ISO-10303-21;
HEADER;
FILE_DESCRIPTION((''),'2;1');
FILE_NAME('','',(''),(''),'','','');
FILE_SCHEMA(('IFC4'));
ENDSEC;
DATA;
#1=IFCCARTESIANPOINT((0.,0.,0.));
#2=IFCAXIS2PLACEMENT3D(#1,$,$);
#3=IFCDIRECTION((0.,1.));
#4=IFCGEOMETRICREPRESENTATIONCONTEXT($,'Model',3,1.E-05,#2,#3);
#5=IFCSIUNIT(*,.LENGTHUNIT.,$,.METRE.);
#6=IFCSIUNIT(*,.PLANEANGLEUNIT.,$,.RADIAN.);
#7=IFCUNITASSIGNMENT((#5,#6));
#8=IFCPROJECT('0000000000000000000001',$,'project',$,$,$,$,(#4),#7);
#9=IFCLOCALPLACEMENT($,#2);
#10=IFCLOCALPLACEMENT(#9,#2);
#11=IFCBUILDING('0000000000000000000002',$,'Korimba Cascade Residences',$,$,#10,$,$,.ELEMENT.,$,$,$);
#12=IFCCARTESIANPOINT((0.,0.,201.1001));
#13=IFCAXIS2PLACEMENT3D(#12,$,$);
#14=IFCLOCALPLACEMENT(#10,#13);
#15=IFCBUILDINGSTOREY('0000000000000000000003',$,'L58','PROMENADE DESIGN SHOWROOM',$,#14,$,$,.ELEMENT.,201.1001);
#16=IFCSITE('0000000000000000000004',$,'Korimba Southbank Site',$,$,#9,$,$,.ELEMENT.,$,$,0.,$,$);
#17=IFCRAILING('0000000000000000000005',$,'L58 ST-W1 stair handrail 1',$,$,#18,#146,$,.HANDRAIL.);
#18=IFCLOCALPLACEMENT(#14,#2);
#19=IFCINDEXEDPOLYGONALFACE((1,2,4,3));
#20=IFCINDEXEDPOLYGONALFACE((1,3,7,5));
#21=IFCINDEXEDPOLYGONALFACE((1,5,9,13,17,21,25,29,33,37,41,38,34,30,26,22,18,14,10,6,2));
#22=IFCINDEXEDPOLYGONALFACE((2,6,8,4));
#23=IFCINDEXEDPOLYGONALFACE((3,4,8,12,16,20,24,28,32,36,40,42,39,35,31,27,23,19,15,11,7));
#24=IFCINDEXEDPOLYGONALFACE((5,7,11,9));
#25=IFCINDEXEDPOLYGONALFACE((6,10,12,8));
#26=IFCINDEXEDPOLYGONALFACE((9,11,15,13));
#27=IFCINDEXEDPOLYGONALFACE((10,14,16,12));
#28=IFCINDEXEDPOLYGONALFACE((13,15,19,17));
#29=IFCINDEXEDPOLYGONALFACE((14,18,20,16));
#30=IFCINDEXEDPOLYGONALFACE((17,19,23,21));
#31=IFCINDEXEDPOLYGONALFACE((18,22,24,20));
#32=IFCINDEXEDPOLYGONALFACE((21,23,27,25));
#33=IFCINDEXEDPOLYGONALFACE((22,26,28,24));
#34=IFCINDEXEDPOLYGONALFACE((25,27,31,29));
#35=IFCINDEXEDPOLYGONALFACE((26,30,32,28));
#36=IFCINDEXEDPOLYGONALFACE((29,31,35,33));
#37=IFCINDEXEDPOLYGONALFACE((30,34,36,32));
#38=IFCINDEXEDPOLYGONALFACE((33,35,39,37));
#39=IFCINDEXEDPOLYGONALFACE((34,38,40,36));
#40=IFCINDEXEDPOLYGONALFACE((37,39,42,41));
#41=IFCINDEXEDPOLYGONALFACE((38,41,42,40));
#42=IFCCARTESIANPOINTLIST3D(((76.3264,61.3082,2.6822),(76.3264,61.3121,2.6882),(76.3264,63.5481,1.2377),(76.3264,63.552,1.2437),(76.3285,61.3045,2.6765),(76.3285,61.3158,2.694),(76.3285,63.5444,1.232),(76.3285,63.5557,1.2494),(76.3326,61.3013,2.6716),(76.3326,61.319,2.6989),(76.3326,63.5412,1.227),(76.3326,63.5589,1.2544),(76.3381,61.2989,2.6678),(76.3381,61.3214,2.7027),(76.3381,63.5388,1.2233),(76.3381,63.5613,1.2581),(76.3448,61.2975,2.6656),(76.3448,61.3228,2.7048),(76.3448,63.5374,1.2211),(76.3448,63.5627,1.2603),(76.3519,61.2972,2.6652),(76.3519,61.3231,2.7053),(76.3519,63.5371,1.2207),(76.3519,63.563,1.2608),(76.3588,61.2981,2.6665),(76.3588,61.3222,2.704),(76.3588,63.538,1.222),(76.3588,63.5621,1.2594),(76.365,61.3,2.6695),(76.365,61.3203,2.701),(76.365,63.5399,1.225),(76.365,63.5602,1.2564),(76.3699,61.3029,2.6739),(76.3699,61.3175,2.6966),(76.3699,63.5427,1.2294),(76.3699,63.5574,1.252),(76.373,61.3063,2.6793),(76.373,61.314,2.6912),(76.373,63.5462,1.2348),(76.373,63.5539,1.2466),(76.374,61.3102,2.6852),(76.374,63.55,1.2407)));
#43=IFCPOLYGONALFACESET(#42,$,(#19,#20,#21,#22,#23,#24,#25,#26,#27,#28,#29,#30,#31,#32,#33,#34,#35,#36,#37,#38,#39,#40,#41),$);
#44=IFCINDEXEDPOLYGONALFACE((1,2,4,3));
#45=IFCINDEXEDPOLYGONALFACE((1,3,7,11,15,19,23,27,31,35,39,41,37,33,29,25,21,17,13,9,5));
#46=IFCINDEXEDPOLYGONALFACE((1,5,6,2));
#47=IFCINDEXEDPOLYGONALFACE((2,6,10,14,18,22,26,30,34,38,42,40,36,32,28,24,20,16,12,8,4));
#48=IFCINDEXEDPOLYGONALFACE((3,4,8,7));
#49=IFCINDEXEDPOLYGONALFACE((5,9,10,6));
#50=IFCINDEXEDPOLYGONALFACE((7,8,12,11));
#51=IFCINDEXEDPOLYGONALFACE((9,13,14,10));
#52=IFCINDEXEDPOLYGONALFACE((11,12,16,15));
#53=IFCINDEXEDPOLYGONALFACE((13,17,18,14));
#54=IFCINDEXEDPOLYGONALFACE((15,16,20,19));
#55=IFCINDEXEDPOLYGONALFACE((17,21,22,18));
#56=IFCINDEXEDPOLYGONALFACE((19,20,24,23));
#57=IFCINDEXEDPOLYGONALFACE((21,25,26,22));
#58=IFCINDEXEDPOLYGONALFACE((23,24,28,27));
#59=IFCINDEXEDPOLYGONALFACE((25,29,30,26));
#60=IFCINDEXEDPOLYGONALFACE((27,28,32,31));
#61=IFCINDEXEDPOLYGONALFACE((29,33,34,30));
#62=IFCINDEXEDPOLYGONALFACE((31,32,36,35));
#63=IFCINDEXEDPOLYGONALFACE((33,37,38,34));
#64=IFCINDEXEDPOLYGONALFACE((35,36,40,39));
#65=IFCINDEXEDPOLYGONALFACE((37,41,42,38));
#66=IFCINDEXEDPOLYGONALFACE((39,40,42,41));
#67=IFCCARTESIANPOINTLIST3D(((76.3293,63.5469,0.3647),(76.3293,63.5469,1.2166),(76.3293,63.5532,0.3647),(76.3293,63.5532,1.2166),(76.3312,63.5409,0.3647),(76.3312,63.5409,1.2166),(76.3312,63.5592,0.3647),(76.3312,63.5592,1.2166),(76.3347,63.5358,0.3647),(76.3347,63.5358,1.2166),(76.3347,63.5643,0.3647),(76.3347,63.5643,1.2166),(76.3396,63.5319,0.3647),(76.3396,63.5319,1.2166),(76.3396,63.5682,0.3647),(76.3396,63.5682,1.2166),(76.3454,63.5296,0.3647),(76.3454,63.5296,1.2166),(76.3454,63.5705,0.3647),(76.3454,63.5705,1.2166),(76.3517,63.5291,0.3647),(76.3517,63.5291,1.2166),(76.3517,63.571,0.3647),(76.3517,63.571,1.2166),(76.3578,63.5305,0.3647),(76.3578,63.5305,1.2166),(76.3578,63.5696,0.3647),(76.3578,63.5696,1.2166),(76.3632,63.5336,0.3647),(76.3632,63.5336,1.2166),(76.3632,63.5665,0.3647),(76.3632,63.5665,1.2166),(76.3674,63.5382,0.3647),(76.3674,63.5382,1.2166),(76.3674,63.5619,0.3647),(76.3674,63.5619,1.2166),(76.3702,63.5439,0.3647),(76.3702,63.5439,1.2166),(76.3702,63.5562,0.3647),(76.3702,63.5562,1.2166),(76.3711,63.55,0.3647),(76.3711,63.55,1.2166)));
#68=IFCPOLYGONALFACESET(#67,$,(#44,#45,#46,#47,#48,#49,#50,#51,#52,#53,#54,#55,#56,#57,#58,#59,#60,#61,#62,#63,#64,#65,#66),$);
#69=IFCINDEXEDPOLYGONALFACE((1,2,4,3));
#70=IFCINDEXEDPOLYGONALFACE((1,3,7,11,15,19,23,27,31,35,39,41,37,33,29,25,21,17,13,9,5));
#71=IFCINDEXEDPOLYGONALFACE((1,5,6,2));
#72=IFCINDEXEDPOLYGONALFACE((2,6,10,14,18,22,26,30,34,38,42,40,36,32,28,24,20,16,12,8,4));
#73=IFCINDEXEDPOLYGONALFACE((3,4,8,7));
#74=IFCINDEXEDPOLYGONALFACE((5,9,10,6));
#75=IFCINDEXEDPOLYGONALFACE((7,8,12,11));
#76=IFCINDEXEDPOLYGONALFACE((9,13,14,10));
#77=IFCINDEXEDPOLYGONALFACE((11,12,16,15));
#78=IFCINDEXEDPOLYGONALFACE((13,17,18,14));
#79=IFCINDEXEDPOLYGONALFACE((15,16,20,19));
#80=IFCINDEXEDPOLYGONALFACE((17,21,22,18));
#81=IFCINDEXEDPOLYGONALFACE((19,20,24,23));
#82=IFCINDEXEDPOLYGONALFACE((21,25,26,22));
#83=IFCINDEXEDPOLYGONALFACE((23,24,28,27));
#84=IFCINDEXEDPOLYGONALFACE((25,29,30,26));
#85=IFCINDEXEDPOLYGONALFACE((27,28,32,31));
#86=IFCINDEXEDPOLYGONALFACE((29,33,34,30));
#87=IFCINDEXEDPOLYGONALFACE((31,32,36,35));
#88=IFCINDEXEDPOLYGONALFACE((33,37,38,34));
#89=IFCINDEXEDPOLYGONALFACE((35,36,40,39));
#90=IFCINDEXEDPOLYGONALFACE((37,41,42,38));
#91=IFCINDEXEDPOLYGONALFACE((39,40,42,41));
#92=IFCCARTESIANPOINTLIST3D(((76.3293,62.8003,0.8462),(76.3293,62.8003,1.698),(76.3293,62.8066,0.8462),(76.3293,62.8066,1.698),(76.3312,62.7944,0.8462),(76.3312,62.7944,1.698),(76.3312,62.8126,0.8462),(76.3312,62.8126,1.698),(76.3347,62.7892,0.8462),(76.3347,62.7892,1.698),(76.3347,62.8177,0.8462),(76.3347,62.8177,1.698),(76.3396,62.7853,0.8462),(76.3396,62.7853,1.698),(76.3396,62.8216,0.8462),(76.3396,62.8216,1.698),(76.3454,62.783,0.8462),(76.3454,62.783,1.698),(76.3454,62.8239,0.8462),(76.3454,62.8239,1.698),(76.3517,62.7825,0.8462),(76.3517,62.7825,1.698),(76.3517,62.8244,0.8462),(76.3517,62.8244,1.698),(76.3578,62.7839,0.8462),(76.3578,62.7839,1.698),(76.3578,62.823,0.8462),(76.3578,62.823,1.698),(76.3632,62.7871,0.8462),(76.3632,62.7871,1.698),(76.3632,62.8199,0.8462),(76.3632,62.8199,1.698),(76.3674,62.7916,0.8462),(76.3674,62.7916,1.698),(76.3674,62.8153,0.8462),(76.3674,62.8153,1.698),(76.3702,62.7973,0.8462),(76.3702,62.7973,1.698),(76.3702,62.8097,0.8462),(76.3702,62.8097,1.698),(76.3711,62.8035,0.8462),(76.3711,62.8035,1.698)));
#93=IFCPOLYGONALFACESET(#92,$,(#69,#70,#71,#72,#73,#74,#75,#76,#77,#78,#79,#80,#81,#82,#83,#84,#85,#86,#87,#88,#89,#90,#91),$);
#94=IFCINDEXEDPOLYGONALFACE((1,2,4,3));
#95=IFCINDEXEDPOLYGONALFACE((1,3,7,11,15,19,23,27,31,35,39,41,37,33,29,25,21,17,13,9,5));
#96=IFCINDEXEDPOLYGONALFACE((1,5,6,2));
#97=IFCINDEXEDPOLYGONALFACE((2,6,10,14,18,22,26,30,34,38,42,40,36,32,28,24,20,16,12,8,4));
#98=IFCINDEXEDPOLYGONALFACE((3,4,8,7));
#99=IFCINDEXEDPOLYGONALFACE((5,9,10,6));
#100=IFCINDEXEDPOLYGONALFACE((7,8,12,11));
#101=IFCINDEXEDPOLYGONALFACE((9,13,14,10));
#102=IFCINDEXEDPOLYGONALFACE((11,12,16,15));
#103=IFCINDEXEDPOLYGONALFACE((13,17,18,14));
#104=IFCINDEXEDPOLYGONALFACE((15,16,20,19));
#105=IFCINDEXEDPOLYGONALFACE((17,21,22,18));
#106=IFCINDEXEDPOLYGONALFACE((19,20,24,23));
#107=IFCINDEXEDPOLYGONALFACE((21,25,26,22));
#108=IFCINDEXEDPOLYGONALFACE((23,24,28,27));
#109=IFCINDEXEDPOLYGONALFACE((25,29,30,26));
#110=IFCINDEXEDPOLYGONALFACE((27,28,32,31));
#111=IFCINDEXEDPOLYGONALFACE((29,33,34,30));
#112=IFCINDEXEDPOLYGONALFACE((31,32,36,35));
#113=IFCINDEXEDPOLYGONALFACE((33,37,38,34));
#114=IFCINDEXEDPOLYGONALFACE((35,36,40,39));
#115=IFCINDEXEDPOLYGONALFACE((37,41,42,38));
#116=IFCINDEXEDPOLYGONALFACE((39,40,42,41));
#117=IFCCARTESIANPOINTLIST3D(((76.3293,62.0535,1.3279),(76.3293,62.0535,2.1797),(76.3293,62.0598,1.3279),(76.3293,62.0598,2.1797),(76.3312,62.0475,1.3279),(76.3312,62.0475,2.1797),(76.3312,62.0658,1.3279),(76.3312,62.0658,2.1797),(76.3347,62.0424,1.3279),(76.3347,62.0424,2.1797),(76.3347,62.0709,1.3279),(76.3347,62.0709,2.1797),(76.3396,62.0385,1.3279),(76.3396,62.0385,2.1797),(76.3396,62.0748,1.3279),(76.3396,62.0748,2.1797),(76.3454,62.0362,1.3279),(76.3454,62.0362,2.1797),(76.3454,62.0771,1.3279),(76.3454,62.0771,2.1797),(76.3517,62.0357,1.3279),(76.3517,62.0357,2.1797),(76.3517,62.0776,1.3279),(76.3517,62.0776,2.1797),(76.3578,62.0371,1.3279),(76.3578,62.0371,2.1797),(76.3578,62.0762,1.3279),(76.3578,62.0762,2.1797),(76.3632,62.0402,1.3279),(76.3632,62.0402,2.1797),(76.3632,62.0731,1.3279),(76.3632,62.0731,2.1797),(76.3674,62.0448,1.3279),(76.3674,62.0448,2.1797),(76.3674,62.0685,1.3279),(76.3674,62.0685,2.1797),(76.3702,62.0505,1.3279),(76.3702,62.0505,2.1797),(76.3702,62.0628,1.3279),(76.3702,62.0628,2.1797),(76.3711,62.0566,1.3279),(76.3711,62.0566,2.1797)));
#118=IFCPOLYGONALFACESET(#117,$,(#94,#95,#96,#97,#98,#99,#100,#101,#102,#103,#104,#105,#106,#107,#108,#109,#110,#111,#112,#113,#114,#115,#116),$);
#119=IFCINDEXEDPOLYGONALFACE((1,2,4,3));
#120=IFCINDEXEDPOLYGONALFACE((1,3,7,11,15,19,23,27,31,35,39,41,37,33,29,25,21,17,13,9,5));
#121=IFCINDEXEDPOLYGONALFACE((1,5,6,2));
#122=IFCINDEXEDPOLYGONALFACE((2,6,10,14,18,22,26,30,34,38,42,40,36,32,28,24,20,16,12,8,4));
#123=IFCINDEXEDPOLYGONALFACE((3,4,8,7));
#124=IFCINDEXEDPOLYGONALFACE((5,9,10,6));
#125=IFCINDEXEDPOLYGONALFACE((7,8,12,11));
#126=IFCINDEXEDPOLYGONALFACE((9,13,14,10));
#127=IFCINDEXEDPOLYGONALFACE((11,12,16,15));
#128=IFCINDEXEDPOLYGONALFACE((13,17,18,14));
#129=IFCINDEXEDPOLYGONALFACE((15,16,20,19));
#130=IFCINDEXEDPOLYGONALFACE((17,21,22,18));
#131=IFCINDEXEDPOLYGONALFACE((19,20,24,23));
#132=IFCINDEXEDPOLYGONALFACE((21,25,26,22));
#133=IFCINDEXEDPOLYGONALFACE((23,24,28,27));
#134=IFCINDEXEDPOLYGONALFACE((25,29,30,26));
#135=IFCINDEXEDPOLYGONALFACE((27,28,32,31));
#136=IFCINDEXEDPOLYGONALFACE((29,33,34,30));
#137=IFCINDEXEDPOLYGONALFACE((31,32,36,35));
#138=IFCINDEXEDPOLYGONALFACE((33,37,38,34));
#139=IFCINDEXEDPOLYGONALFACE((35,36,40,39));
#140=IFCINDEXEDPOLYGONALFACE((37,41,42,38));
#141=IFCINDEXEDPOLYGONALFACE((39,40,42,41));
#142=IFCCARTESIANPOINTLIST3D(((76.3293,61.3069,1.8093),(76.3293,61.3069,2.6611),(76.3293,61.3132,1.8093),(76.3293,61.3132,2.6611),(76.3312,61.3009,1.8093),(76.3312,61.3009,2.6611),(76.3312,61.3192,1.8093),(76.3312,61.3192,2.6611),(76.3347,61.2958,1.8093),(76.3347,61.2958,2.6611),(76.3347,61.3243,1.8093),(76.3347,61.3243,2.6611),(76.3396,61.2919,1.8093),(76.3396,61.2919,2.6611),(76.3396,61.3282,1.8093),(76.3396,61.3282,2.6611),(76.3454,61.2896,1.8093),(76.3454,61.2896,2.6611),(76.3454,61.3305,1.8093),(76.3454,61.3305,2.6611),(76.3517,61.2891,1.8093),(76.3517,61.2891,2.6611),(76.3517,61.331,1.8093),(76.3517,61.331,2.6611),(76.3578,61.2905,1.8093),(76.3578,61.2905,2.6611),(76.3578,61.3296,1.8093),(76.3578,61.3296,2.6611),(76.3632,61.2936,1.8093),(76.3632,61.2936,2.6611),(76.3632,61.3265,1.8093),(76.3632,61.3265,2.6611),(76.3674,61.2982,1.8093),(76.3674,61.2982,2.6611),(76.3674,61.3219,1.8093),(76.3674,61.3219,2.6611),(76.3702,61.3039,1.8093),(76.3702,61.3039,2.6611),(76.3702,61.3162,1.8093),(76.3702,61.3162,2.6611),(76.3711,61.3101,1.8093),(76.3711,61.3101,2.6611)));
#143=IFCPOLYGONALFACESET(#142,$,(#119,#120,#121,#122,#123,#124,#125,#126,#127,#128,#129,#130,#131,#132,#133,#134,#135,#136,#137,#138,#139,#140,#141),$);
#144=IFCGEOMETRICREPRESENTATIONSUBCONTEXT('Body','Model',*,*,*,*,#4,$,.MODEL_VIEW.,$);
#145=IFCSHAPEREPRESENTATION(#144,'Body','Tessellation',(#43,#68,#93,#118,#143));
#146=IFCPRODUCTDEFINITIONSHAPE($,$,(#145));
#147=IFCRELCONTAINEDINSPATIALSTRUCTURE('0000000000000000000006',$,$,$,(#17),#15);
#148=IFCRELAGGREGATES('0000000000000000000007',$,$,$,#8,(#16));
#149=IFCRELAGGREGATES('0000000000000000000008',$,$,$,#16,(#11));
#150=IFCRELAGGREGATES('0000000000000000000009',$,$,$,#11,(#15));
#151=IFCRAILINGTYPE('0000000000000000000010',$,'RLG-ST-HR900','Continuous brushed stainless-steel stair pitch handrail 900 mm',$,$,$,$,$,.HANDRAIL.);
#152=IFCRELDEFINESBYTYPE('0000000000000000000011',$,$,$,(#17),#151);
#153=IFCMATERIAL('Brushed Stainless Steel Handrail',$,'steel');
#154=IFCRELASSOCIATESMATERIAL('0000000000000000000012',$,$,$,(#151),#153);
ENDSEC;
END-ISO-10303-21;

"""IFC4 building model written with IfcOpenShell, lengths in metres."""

from ifc_helpers import new_model, si_unit, direction, frame, origin, origin_2d, place, context, subcontext, project, spatial, circle, extrude, material, type_object, element, save


model = new_model("IFC4")

# Units and contexts
model_context = context("Model", 3, precision=1e-05, world=origin(), true_north=direction((0.0, 1.0)))
body_context = subcontext(model_context, "Body", "Model", "MODEL_VIEW")
ifc_project = project(units=[si_unit("LENGTHUNIT", "METRE"), si_unit("PLANEANGLEUNIT", "RADIAN")], contexts=[model_context])

# Site, building, storey
site_placement = place(None, origin())
site = spatial("IfcSite", under=ifc_project, at=site_placement, Name="Korimba Southbank Site", CompositionType="ELEMENT", RefElevation=0.0)
building_placement = place(site_placement, origin())
building = spatial("IfcBuilding", under=site, at=building_placement, Name="Korimba Cascade Residences", CompositionType="ELEMENT")
storey_placement = place(building_placement, frame((0.0, 0.0, 201.1001)))
storey = spatial("IfcBuildingStorey", under=building, at=storey_placement, Name="L58", Description="PROMENADE DESIGN SHOWROOM", CompositionType="ELEMENT", Elevation=201.1001)

# Railing
ifc_material_1 = material(Name="Brushed Stainless Steel Handrail", Category="steel")
railing_type_1 = type_object("IfcRailingType", Name="RLG-ST-HR900", Description="Continuous brushed stainless-steel stair pitch handrail 900 mm", PredefinedType="HANDRAIL", material=ifc_material_1)
railing_1_placement = place(storey_placement, frame((76.3501, 63.55, 0.3647)))
element("IfcRailing", 1, at=railing_1_placement, inside=storey, type_object=railing_type_1, Name="L58 ST-W1 stair handrail 1", PredefinedType="HANDRAIL", context=body_context, shape_type="SweptSolid", body=[
    extrude(circle(Radius=0.0239, at=origin_2d()), frame((0.0, 0.0, 0.876), z_axis=(0.0, -0.840395, 0.541975), x_axis=(1.0, 0.0, 0.0)), (0.0, 0.0, 1.0), 2.6653),
    extrude(circle(Radius=0.021, at=origin_2d()), origin(), (0.0, 0.0, 1.0), 0.8518),
    extrude(circle(Radius=0.021, at=origin_2d()), frame((0.0, -0.7466, 0.4814)), (0.0, 0.0, 1.0), 0.8518),
    extrude(circle(Radius=0.021, at=origin_2d()), frame((0.0, -1.4934, 0.9631)), (0.0, 0.0, 1.0), 0.8518),
    extrude(circle(Radius=0.021, at=origin_2d()), frame((0.0, -2.24, 1.4446)), (0.0, 0.0, 1.0), 0.8518),
])

save(model, "model.ifc")
